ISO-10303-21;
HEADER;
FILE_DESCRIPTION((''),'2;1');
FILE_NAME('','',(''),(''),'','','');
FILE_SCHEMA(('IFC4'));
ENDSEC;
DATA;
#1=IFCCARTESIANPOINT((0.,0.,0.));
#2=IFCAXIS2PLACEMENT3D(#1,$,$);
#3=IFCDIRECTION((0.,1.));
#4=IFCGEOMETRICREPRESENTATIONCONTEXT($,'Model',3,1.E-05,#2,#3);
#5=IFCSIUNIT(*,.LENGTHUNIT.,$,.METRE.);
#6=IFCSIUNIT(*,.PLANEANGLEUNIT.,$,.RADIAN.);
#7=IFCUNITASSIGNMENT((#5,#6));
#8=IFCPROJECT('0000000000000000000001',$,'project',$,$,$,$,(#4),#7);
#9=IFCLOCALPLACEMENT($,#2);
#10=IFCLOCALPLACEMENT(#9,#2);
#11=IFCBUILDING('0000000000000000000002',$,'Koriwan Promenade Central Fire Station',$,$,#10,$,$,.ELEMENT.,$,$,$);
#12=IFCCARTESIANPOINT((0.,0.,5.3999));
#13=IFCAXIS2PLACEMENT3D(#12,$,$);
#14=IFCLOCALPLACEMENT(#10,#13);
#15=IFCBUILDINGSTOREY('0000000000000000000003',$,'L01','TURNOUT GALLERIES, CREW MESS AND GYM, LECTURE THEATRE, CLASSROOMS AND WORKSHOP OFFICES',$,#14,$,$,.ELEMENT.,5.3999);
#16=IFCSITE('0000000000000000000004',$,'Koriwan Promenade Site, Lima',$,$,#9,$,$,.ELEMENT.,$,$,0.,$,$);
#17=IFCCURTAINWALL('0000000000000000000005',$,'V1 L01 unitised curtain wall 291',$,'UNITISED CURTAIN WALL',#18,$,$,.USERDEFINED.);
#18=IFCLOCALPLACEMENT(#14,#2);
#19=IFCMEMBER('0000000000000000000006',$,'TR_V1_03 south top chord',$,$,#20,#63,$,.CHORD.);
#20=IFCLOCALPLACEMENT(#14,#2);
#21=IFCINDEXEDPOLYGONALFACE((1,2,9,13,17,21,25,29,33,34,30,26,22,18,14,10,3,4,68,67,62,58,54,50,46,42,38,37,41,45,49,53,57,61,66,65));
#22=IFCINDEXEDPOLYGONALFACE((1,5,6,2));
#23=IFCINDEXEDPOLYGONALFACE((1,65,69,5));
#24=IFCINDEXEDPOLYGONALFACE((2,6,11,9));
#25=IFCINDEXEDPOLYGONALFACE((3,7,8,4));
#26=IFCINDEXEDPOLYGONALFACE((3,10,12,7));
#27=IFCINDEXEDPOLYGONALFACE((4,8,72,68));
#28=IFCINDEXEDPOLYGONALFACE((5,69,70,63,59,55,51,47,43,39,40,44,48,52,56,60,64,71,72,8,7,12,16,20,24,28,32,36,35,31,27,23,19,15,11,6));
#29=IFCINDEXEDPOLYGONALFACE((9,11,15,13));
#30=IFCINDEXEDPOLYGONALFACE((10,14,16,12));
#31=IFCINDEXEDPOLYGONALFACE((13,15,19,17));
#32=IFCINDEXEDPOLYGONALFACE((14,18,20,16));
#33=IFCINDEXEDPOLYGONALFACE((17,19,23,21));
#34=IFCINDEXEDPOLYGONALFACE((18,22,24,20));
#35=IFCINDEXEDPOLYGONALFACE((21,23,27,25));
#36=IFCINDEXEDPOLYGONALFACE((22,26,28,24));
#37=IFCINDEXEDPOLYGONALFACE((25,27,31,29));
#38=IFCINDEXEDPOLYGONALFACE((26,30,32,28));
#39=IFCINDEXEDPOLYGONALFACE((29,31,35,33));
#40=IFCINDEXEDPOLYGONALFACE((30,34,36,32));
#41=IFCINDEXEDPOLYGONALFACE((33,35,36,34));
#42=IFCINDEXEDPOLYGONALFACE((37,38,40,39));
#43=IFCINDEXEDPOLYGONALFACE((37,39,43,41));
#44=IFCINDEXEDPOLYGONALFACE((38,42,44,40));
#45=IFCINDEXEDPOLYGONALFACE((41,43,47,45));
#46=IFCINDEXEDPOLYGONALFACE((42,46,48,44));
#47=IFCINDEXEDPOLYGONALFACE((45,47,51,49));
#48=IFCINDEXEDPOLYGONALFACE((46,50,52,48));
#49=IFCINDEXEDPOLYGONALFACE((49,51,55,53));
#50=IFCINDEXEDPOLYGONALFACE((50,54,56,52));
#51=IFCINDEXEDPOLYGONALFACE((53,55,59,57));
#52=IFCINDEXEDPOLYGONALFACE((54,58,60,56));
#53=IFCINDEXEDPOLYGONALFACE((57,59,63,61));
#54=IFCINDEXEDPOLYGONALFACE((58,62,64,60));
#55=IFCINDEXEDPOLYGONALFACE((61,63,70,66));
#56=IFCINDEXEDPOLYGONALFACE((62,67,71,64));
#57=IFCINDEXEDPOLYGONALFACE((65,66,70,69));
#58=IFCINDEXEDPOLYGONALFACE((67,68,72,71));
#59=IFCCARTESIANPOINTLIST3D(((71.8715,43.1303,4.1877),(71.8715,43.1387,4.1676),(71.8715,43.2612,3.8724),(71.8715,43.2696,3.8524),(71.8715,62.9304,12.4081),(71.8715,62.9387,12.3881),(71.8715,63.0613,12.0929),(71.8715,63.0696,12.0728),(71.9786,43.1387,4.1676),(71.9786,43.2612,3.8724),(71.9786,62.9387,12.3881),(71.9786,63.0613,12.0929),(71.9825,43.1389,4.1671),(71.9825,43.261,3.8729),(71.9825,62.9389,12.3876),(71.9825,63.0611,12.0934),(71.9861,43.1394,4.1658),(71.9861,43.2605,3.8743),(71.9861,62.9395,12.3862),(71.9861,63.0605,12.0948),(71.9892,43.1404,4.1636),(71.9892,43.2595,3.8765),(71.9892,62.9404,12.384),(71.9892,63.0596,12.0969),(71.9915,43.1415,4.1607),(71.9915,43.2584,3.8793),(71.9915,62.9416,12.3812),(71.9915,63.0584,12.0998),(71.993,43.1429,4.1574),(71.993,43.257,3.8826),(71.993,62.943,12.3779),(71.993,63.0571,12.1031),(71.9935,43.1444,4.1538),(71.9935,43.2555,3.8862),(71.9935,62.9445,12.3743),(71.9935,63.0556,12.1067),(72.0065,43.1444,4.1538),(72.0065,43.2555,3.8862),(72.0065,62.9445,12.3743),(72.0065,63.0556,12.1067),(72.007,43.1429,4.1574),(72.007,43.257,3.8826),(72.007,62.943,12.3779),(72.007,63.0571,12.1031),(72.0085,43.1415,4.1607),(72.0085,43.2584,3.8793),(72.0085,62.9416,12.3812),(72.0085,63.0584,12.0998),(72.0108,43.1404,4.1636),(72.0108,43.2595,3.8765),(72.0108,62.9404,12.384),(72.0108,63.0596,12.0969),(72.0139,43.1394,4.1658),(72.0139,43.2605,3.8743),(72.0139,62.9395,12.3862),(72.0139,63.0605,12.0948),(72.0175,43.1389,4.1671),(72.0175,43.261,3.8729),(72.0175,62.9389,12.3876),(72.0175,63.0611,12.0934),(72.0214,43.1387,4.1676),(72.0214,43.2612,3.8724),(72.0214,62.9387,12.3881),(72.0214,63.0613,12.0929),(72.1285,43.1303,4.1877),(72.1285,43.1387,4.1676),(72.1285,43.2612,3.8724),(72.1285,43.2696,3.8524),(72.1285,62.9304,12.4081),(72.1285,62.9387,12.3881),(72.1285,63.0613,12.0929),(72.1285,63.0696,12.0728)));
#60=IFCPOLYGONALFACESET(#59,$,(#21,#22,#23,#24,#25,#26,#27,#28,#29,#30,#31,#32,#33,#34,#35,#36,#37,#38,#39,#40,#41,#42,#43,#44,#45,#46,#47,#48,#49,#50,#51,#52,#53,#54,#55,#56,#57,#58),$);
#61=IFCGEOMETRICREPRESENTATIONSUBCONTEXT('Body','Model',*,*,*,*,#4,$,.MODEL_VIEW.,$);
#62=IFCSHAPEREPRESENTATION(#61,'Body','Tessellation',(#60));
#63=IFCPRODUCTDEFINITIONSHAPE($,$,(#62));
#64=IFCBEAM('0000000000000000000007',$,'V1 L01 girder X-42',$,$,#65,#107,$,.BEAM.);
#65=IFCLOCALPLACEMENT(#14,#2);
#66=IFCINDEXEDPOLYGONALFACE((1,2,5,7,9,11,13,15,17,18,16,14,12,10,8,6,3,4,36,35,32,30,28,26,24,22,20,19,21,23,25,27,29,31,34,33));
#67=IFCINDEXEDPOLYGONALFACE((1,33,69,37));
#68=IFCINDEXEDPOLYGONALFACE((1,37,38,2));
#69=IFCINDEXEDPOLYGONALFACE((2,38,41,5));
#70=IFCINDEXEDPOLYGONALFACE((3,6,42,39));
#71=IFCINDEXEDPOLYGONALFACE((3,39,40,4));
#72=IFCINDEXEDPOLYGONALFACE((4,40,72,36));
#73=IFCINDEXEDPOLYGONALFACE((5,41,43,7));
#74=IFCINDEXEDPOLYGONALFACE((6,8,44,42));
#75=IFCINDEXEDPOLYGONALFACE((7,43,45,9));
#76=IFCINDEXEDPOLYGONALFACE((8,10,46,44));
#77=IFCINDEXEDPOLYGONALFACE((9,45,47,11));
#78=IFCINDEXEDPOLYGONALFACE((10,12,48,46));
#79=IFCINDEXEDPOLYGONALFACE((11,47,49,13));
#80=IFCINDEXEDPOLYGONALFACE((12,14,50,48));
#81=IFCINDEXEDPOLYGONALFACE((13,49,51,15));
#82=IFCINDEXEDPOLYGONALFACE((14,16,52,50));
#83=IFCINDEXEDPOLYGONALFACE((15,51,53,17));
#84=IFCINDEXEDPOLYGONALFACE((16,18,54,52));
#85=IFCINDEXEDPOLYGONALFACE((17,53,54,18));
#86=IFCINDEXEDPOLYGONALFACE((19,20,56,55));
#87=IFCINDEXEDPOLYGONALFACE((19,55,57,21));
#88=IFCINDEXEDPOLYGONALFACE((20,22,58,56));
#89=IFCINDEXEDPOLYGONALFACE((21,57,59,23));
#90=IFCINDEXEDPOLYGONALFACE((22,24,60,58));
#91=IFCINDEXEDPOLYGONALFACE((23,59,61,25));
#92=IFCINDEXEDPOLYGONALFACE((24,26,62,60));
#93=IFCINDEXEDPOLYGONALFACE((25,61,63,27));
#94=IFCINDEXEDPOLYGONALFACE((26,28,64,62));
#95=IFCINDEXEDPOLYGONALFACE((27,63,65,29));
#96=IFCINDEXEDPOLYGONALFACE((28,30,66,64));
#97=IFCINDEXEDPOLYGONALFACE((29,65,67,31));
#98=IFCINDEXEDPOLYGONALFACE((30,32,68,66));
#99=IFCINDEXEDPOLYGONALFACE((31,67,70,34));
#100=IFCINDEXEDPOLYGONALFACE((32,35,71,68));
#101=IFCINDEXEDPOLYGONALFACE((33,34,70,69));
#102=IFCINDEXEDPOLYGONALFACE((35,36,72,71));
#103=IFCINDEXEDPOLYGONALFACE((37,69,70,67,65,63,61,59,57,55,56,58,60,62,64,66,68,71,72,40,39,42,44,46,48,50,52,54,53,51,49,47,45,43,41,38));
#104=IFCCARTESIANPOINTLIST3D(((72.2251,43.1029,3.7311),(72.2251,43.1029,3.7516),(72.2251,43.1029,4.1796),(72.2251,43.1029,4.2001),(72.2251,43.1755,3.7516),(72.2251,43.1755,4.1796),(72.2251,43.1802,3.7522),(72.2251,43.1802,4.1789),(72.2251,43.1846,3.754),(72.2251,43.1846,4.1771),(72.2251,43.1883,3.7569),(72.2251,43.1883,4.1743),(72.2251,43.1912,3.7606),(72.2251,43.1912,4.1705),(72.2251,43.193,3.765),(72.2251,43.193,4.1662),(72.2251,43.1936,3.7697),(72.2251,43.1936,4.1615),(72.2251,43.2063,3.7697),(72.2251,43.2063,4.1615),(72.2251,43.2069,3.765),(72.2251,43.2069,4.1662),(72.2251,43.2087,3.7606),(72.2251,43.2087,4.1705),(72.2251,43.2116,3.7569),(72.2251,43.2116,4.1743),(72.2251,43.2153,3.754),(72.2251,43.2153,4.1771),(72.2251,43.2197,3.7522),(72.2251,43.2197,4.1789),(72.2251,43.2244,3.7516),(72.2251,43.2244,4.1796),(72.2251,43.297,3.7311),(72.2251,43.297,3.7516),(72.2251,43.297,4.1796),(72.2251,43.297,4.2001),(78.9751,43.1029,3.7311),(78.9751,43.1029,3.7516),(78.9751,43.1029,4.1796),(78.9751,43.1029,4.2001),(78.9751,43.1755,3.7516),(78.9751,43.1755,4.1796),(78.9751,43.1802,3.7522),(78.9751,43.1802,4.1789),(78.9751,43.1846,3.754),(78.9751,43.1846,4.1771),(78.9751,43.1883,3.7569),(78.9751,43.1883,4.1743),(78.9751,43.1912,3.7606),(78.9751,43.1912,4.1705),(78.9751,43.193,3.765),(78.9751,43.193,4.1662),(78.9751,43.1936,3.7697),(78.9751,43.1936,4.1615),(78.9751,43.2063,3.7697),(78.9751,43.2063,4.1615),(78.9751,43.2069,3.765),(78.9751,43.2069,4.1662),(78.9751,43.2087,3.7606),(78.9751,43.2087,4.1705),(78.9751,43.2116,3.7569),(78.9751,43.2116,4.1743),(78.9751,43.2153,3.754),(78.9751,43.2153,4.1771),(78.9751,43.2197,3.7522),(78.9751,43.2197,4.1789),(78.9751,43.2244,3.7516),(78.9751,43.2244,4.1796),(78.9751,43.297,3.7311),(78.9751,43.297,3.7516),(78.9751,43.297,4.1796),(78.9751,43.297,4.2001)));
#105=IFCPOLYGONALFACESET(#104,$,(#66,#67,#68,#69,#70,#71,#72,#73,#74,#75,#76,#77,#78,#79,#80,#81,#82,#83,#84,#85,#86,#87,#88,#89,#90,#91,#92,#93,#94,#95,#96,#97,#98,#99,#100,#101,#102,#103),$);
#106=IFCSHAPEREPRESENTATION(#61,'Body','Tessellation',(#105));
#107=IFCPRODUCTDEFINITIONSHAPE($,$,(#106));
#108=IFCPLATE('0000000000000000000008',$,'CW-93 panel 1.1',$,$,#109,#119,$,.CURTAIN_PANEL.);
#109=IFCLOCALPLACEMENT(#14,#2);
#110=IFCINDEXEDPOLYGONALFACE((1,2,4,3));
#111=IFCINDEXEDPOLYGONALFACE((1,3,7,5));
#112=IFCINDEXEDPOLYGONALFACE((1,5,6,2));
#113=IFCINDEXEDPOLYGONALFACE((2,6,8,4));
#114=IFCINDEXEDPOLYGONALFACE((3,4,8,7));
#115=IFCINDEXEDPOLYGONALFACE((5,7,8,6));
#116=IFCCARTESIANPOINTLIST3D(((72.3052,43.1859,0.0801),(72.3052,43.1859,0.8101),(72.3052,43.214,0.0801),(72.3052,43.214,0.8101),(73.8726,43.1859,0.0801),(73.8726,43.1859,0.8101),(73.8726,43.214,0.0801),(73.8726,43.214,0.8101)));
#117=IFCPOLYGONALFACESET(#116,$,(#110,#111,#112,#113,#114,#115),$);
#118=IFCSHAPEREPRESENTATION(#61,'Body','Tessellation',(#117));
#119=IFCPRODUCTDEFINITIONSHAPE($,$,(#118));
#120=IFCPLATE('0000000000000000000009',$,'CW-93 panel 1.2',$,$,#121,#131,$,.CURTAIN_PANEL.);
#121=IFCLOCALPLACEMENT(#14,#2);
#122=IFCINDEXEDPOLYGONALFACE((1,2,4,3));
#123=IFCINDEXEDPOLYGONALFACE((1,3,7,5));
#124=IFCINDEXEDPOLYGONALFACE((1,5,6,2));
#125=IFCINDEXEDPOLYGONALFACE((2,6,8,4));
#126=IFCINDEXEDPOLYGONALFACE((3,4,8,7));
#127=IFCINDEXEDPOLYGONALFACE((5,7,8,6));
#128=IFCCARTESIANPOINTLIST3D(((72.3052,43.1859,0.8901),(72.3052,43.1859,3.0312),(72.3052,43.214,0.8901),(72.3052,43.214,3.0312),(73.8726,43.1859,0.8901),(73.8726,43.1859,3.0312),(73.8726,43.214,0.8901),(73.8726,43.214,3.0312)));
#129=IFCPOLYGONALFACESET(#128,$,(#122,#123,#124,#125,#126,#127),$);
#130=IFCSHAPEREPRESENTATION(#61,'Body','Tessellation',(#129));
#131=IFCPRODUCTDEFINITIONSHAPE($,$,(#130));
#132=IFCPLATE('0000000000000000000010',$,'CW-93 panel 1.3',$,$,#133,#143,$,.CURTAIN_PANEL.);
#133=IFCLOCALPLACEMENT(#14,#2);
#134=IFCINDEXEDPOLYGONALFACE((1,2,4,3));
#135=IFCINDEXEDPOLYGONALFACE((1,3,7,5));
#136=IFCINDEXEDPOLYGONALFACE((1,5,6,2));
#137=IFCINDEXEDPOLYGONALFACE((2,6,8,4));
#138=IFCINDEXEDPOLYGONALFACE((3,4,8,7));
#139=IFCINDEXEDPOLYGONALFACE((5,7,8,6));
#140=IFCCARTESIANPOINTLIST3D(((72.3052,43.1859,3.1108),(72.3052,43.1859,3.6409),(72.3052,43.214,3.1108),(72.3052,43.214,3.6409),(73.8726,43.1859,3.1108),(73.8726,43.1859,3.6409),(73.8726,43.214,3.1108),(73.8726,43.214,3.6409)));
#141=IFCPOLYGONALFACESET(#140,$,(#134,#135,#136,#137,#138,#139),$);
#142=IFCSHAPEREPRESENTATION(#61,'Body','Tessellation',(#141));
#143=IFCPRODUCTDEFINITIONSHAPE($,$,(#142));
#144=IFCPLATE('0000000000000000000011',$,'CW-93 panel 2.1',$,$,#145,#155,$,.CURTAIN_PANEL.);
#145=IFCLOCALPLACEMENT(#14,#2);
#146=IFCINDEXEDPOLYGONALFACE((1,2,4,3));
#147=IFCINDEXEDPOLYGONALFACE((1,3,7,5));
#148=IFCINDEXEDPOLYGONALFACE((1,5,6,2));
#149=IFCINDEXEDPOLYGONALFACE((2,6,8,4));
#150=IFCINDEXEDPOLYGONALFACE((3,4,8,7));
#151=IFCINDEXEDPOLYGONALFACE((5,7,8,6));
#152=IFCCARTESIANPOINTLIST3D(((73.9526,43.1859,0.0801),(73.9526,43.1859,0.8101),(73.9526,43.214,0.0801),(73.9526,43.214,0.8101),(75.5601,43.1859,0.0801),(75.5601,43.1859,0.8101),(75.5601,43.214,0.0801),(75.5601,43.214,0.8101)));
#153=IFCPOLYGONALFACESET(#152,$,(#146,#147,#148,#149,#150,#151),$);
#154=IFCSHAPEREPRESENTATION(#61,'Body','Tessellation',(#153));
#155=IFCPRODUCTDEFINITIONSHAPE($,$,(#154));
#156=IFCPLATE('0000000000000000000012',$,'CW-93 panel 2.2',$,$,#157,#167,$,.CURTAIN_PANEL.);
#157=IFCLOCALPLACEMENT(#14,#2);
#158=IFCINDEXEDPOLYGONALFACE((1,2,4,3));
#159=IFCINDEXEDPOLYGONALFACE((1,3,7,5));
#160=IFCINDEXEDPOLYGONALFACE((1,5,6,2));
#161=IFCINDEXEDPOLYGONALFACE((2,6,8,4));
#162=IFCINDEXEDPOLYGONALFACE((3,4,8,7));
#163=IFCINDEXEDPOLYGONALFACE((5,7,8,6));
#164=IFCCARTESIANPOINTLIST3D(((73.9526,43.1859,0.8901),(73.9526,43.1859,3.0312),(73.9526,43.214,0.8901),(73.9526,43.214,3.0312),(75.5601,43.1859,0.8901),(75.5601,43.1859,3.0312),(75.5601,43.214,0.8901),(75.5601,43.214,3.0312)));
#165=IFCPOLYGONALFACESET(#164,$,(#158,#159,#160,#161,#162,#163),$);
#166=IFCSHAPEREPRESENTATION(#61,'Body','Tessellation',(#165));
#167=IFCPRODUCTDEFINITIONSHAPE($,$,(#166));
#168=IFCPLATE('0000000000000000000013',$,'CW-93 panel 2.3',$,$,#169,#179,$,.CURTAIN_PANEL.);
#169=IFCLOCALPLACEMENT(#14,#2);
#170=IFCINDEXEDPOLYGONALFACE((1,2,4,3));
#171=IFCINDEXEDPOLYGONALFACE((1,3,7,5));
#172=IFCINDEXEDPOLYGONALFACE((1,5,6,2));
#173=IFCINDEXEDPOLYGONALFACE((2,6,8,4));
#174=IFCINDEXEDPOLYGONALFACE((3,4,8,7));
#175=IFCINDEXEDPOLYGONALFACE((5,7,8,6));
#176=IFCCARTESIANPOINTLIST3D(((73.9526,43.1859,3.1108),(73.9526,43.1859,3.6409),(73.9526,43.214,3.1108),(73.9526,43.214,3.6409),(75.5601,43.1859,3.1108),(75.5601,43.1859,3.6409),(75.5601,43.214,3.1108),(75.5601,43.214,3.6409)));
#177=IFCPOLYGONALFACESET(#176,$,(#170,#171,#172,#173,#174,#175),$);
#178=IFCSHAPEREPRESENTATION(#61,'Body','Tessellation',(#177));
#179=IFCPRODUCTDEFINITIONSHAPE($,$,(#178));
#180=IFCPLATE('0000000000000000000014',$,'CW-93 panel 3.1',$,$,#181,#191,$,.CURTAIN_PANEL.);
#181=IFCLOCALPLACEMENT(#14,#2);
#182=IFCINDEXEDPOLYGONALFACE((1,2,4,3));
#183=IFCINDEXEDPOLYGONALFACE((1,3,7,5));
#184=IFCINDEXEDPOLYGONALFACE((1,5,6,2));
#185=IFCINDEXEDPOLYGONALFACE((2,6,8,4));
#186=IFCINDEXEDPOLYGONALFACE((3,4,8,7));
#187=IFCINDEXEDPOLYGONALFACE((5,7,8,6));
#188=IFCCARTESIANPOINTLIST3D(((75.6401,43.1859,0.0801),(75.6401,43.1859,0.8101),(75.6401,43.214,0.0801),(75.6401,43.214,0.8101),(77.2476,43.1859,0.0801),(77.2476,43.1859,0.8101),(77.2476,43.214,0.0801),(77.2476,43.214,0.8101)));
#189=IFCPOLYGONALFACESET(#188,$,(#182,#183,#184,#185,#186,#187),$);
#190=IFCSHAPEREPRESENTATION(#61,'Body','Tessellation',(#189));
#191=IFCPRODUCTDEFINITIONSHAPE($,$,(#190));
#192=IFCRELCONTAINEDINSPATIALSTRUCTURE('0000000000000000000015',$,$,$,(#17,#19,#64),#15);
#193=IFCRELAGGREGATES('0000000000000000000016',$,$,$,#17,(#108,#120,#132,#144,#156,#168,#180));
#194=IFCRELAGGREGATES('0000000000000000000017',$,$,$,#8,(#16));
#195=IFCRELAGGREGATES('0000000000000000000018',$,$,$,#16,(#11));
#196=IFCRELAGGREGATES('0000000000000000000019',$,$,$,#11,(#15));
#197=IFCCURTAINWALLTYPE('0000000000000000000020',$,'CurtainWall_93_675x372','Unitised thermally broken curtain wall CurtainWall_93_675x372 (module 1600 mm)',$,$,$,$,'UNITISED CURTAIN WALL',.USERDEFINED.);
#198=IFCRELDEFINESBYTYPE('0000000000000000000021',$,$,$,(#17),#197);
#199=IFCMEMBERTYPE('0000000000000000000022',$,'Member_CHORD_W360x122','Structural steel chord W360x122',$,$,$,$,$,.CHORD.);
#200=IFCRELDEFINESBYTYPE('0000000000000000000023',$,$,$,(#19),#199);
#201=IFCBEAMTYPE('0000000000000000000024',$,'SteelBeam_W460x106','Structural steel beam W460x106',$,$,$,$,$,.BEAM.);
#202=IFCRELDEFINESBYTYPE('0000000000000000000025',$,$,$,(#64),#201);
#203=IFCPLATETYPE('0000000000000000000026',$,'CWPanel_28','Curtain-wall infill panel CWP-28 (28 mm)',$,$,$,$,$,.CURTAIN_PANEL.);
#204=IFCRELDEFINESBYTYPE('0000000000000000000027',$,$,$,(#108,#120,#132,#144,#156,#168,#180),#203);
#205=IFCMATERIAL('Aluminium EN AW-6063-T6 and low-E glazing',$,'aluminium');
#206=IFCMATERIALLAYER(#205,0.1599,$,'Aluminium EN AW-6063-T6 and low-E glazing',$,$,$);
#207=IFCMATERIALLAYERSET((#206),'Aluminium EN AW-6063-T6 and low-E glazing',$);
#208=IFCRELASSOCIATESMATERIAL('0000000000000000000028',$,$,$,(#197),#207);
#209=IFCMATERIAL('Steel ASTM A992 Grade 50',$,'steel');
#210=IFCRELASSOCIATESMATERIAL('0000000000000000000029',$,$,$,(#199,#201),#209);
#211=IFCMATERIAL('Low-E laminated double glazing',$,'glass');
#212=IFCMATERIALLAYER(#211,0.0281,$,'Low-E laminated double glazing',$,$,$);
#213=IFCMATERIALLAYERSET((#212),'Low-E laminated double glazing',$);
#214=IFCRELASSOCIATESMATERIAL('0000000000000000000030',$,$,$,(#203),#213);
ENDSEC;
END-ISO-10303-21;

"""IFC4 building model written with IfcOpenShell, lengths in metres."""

from ifc_helpers import new_model, si_unit, direction, frame, origin, origin_2d, place, context, subcontext, project, spatial, rectangle, i_section, extrude, material, layer, layer_set, material_profile, profile_set, type_object, element, aggregate, save


model = new_model("IFC4")

# Units and contexts
model_context = context("Model", 3, precision=1e-05, world=origin(), true_north=direction((0.0, 1.0)))
body_context = subcontext(model_context, "Body", "Model", "MODEL_VIEW")
ifc_project = project(units=[si_unit("LENGTHUNIT", "METRE"), si_unit("PLANEANGLEUNIT", "RADIAN")], contexts=[model_context])

# Site, building, storey
site_placement = place(None, origin())
site = spatial("IfcSite", under=ifc_project, at=site_placement, Name="Koriwan Promenade Site, Lima", CompositionType="ELEMENT", RefElevation=0.0)
building_placement = place(site_placement, origin())
building = spatial("IfcBuilding", under=site, at=building_placement, Name="Koriwan Promenade Central Fire Station", CompositionType="ELEMENT")
storey_placement = place(building_placement, frame((0.0, 0.0, 5.3999)))
storey = spatial("IfcBuildingStorey", under=building, at=storey_placement, Name="L01", Description="TURNOUT GALLERIES, CREW MESS AND GYM, LECTURE THEATRE, CLASSROOMS AND WORKSHOP OFFICES", CompositionType="ELEMENT", Elevation=5.3999)

# Curtain wall
ifc_material_1 = material(Name="Aluminium EN AW-6063-T6 and low-E glazing", Category="aluminium")
ifc_layer_1 = layer(ifc_material_1, 0.1599, Name="Aluminium EN AW-6063-T6 and low-E glazing")
ifc_layer_set_1 = layer_set([ifc_layer_1], Name="Aluminium EN AW-6063-T6 and low-E glazing")
curtain_wall_type = type_object("IfcCurtainWallType", Name="CurtainWall_93_675x372", Description="Unitised thermally broken curtain wall CurtainWall_93_675x372 (module 1600 mm)", ElementType="UNITISED CURTAIN WALL", PredefinedType="USERDEFINED", material=ifc_layer_set_1)
curtain_wall_placement = place(storey_placement, origin())
curtain_wall = element("IfcCurtainWall", 1, at=curtain_wall_placement, inside=storey, type_object=curtain_wall_type, Name="V1 L01 unitised curtain wall 291", ObjectType="UNITISED CURTAIN WALL", PredefinedType="USERDEFINED")

# Member
ifc_material_2 = material(Name="Steel ASTM A992 Grade 50", Category="steel")
ifc_material_profile_1 = material_profile(ifc_material_2, i_section(OverallWidth=0.2571, OverallDepth=0.363, WebThickness=0.0129, FlangeThickness=0.0217, FilletRadius=0.0149, at=origin_2d()), Name="W360x122")
ifc_profile_set_1 = profile_set([ifc_material_profile_1], Name="Steel ASTM A992 Grade 50")
member_type_1 = type_object("IfcMemberType", Name="Member_CHORD_W360x122", Description="Structural steel chord W360x122", PredefinedType="CHORD", material=ifc_profile_set_1)
member_1_placement = place(storey_placement, frame((72.0, 43.2, 4.02), z_axis=(0.0, 0.923566, 0.38344), x_axis=(-1.0, 0.0, 0.0)))
element("IfcMember", 2, at=member_1_placement, inside=storey, type_object=member_type_1, Name="TR_V1_03 south top chord", PredefinedType="CHORD", context=body_context, shape_type="SweptSolid", body=[
    extrude(i_section(OverallWidth=0.2571, OverallDepth=0.363, WebThickness=0.0129, FlangeThickness=0.0217, FilletRadius=0.0149, at=origin_2d()), origin(), (0.0, 0.0, 1.0), 21.4387),
])

# Beam
ifc_material_profile_2 = material_profile(ifc_material_2, i_section(OverallWidth=0.1941, OverallDepth=0.469, WebThickness=0.0127, FlangeThickness=0.0205, FilletRadius=0.0181, at=origin_2d()), Name="W460x106")
ifc_profile_set_2 = profile_set([ifc_material_profile_2], Name="Steel ASTM A992 Grade 50")
beam_type = type_object("IfcBeamType", Name="SteelBeam_W460x106", Description="Structural steel beam W460x106", PredefinedType="BEAM", material=ifc_profile_set_2)
beam_placement = place(storey_placement, frame((72.2251, 43.2, 3.9656), z_axis=(1.0, 0.0, 0.0), x_axis=(0.0, 1.0, 0.0)))
element("IfcBeam", 3, at=beam_placement, inside=storey, type_object=beam_type, Name="V1 L01 girder X-42", PredefinedType="BEAM", context=body_context, shape_type="SweptSolid", body=[
    extrude(i_section(OverallWidth=0.1941, OverallDepth=0.469, WebThickness=0.0127, FlangeThickness=0.0205, FilletRadius=0.0181, at=origin_2d()), origin(), (0.0, 0.0, 1.0), 6.75),
])

# Plates
ifc_material_3 = material(Name="Low-E laminated double glazing", Category="glass")
ifc_layer_2 = layer(ifc_material_3, 0.0281, Name="Low-E laminated double glazing")
ifc_layer_set_2 = layer_set([ifc_layer_2], Name="Low-E laminated double glazing")
plate_type_1 = type_object("IfcPlateType", Name="CWPanel_28", Description="Curtain-wall infill panel CWP-28 (28 mm)", PredefinedType="CURTAIN_PANEL", material=ifc_layer_set_2)
plate_1_placement = place(storey_placement, frame((73.0889, 43.2, 0.0801), z_axis=(0.0, 0.0, 1.0), x_axis=(1.0, 0.0, 0.0)))
plate_1 = element("IfcPlate", 4, at=plate_1_placement, type_object=plate_type_1, Name="CW-93 panel 1.1", PredefinedType="CURTAIN_PANEL", context=body_context, shape_type="SweptSolid", body=[
    extrude(rectangle(XDim=1.5674, YDim=0.0281, at=origin_2d()), origin(), (0.0, 0.0, 1.0), 0.73),
])
plate_2_placement = place(storey_placement, frame((73.0889, 43.2, 0.8901), z_axis=(0.0, 0.0, 1.0), x_axis=(1.0, 0.0, 0.0)))
plate_2 = element("IfcPlate", 5, at=plate_2_placement, type_object=plate_type_1, Name="CW-93 panel 1.2", PredefinedType="CURTAIN_PANEL", context=body_context, shape_type="SweptSolid", body=[
    extrude(rectangle(XDim=1.5674, YDim=0.0281, at=origin_2d()), origin(), (0.0, 0.0, 1.0), 2.1411),
])
plate_3_placement = place(storey_placement, frame((73.0889, 43.2, 3.1108), z_axis=(0.0, 0.0, 1.0), x_axis=(1.0, 0.0, 0.0)))
plate_3 = element("IfcPlate", 6, at=plate_3_placement, type_object=plate_type_1, Name="CW-93 panel 1.3", PredefinedType="CURTAIN_PANEL", context=body_context, shape_type="SweptSolid", body=[
    extrude(rectangle(XDim=1.5674, YDim=0.0281, at=origin_2d()), origin(), (0.0, 0.0, 1.0), 0.53),
])
plate_4_placement = place(storey_placement, frame((74.7563, 43.2, 0.0801), z_axis=(0.0, 0.0, 1.0), x_axis=(1.0, 0.0, 0.0)))
plate_4 = element("IfcPlate", 7, at=plate_4_placement, type_object=plate_type_1, Name="CW-93 panel 2.1", PredefinedType="CURTAIN_PANEL", context=body_context, shape_type="SweptSolid", body=[
    extrude(rectangle(XDim=1.6074, YDim=0.0281, at=origin_2d()), origin(), (0.0, 0.0, 1.0), 0.73),
])
plate_5_placement = place(storey_placement, frame((74.7563, 43.2, 0.8901), z_axis=(0.0, 0.0, 1.0), x_axis=(1.0, 0.0, 0.0)))
plate_5 = element("IfcPlate", 8, at=plate_5_placement, type_object=plate_type_1, Name="CW-93 panel 2.2", PredefinedType="CURTAIN_PANEL", context=body_context, shape_type="SweptSolid", body=[
    extrude(rectangle(XDim=1.6074, YDim=0.0281, at=origin_2d()), origin(), (0.0, 0.0, 1.0), 2.1411),
])
plate_6_placement = place(storey_placement, frame((74.7563, 43.2, 3.1108), z_axis=(0.0, 0.0, 1.0), x_axis=(1.0, 0.0, 0.0)))
plate_6 = element("IfcPlate", 9, at=plate_6_placement, type_object=plate_type_1, Name="CW-93 panel 2.3", PredefinedType="CURTAIN_PANEL", context=body_context, shape_type="SweptSolid", body=[
    extrude(rectangle(XDim=1.6074, YDim=0.0281, at=origin_2d()), origin(), (0.0, 0.0, 1.0), 0.53),
])
plate_7_placement = place(storey_placement, frame((76.4438, 43.2, 0.0801), z_axis=(0.0, 0.0, 1.0), x_axis=(1.0, 0.0, 0.0)))
plate_7 = element("IfcPlate", 10, at=plate_7_placement, type_object=plate_type_1, Name="CW-93 panel 3.1", PredefinedType="CURTAIN_PANEL", context=body_context, shape_type="SweptSolid", body=[
    extrude(rectangle(XDim=1.6074, YDim=0.0281, at=origin_2d()), origin(), (0.0, 0.0, 1.0), 0.73),
])
aggregate(curtain_wall, [plate_1, plate_2, plate_3, plate_4, plate_5, plate_6, plate_7])

save(model, "model.ifc")
